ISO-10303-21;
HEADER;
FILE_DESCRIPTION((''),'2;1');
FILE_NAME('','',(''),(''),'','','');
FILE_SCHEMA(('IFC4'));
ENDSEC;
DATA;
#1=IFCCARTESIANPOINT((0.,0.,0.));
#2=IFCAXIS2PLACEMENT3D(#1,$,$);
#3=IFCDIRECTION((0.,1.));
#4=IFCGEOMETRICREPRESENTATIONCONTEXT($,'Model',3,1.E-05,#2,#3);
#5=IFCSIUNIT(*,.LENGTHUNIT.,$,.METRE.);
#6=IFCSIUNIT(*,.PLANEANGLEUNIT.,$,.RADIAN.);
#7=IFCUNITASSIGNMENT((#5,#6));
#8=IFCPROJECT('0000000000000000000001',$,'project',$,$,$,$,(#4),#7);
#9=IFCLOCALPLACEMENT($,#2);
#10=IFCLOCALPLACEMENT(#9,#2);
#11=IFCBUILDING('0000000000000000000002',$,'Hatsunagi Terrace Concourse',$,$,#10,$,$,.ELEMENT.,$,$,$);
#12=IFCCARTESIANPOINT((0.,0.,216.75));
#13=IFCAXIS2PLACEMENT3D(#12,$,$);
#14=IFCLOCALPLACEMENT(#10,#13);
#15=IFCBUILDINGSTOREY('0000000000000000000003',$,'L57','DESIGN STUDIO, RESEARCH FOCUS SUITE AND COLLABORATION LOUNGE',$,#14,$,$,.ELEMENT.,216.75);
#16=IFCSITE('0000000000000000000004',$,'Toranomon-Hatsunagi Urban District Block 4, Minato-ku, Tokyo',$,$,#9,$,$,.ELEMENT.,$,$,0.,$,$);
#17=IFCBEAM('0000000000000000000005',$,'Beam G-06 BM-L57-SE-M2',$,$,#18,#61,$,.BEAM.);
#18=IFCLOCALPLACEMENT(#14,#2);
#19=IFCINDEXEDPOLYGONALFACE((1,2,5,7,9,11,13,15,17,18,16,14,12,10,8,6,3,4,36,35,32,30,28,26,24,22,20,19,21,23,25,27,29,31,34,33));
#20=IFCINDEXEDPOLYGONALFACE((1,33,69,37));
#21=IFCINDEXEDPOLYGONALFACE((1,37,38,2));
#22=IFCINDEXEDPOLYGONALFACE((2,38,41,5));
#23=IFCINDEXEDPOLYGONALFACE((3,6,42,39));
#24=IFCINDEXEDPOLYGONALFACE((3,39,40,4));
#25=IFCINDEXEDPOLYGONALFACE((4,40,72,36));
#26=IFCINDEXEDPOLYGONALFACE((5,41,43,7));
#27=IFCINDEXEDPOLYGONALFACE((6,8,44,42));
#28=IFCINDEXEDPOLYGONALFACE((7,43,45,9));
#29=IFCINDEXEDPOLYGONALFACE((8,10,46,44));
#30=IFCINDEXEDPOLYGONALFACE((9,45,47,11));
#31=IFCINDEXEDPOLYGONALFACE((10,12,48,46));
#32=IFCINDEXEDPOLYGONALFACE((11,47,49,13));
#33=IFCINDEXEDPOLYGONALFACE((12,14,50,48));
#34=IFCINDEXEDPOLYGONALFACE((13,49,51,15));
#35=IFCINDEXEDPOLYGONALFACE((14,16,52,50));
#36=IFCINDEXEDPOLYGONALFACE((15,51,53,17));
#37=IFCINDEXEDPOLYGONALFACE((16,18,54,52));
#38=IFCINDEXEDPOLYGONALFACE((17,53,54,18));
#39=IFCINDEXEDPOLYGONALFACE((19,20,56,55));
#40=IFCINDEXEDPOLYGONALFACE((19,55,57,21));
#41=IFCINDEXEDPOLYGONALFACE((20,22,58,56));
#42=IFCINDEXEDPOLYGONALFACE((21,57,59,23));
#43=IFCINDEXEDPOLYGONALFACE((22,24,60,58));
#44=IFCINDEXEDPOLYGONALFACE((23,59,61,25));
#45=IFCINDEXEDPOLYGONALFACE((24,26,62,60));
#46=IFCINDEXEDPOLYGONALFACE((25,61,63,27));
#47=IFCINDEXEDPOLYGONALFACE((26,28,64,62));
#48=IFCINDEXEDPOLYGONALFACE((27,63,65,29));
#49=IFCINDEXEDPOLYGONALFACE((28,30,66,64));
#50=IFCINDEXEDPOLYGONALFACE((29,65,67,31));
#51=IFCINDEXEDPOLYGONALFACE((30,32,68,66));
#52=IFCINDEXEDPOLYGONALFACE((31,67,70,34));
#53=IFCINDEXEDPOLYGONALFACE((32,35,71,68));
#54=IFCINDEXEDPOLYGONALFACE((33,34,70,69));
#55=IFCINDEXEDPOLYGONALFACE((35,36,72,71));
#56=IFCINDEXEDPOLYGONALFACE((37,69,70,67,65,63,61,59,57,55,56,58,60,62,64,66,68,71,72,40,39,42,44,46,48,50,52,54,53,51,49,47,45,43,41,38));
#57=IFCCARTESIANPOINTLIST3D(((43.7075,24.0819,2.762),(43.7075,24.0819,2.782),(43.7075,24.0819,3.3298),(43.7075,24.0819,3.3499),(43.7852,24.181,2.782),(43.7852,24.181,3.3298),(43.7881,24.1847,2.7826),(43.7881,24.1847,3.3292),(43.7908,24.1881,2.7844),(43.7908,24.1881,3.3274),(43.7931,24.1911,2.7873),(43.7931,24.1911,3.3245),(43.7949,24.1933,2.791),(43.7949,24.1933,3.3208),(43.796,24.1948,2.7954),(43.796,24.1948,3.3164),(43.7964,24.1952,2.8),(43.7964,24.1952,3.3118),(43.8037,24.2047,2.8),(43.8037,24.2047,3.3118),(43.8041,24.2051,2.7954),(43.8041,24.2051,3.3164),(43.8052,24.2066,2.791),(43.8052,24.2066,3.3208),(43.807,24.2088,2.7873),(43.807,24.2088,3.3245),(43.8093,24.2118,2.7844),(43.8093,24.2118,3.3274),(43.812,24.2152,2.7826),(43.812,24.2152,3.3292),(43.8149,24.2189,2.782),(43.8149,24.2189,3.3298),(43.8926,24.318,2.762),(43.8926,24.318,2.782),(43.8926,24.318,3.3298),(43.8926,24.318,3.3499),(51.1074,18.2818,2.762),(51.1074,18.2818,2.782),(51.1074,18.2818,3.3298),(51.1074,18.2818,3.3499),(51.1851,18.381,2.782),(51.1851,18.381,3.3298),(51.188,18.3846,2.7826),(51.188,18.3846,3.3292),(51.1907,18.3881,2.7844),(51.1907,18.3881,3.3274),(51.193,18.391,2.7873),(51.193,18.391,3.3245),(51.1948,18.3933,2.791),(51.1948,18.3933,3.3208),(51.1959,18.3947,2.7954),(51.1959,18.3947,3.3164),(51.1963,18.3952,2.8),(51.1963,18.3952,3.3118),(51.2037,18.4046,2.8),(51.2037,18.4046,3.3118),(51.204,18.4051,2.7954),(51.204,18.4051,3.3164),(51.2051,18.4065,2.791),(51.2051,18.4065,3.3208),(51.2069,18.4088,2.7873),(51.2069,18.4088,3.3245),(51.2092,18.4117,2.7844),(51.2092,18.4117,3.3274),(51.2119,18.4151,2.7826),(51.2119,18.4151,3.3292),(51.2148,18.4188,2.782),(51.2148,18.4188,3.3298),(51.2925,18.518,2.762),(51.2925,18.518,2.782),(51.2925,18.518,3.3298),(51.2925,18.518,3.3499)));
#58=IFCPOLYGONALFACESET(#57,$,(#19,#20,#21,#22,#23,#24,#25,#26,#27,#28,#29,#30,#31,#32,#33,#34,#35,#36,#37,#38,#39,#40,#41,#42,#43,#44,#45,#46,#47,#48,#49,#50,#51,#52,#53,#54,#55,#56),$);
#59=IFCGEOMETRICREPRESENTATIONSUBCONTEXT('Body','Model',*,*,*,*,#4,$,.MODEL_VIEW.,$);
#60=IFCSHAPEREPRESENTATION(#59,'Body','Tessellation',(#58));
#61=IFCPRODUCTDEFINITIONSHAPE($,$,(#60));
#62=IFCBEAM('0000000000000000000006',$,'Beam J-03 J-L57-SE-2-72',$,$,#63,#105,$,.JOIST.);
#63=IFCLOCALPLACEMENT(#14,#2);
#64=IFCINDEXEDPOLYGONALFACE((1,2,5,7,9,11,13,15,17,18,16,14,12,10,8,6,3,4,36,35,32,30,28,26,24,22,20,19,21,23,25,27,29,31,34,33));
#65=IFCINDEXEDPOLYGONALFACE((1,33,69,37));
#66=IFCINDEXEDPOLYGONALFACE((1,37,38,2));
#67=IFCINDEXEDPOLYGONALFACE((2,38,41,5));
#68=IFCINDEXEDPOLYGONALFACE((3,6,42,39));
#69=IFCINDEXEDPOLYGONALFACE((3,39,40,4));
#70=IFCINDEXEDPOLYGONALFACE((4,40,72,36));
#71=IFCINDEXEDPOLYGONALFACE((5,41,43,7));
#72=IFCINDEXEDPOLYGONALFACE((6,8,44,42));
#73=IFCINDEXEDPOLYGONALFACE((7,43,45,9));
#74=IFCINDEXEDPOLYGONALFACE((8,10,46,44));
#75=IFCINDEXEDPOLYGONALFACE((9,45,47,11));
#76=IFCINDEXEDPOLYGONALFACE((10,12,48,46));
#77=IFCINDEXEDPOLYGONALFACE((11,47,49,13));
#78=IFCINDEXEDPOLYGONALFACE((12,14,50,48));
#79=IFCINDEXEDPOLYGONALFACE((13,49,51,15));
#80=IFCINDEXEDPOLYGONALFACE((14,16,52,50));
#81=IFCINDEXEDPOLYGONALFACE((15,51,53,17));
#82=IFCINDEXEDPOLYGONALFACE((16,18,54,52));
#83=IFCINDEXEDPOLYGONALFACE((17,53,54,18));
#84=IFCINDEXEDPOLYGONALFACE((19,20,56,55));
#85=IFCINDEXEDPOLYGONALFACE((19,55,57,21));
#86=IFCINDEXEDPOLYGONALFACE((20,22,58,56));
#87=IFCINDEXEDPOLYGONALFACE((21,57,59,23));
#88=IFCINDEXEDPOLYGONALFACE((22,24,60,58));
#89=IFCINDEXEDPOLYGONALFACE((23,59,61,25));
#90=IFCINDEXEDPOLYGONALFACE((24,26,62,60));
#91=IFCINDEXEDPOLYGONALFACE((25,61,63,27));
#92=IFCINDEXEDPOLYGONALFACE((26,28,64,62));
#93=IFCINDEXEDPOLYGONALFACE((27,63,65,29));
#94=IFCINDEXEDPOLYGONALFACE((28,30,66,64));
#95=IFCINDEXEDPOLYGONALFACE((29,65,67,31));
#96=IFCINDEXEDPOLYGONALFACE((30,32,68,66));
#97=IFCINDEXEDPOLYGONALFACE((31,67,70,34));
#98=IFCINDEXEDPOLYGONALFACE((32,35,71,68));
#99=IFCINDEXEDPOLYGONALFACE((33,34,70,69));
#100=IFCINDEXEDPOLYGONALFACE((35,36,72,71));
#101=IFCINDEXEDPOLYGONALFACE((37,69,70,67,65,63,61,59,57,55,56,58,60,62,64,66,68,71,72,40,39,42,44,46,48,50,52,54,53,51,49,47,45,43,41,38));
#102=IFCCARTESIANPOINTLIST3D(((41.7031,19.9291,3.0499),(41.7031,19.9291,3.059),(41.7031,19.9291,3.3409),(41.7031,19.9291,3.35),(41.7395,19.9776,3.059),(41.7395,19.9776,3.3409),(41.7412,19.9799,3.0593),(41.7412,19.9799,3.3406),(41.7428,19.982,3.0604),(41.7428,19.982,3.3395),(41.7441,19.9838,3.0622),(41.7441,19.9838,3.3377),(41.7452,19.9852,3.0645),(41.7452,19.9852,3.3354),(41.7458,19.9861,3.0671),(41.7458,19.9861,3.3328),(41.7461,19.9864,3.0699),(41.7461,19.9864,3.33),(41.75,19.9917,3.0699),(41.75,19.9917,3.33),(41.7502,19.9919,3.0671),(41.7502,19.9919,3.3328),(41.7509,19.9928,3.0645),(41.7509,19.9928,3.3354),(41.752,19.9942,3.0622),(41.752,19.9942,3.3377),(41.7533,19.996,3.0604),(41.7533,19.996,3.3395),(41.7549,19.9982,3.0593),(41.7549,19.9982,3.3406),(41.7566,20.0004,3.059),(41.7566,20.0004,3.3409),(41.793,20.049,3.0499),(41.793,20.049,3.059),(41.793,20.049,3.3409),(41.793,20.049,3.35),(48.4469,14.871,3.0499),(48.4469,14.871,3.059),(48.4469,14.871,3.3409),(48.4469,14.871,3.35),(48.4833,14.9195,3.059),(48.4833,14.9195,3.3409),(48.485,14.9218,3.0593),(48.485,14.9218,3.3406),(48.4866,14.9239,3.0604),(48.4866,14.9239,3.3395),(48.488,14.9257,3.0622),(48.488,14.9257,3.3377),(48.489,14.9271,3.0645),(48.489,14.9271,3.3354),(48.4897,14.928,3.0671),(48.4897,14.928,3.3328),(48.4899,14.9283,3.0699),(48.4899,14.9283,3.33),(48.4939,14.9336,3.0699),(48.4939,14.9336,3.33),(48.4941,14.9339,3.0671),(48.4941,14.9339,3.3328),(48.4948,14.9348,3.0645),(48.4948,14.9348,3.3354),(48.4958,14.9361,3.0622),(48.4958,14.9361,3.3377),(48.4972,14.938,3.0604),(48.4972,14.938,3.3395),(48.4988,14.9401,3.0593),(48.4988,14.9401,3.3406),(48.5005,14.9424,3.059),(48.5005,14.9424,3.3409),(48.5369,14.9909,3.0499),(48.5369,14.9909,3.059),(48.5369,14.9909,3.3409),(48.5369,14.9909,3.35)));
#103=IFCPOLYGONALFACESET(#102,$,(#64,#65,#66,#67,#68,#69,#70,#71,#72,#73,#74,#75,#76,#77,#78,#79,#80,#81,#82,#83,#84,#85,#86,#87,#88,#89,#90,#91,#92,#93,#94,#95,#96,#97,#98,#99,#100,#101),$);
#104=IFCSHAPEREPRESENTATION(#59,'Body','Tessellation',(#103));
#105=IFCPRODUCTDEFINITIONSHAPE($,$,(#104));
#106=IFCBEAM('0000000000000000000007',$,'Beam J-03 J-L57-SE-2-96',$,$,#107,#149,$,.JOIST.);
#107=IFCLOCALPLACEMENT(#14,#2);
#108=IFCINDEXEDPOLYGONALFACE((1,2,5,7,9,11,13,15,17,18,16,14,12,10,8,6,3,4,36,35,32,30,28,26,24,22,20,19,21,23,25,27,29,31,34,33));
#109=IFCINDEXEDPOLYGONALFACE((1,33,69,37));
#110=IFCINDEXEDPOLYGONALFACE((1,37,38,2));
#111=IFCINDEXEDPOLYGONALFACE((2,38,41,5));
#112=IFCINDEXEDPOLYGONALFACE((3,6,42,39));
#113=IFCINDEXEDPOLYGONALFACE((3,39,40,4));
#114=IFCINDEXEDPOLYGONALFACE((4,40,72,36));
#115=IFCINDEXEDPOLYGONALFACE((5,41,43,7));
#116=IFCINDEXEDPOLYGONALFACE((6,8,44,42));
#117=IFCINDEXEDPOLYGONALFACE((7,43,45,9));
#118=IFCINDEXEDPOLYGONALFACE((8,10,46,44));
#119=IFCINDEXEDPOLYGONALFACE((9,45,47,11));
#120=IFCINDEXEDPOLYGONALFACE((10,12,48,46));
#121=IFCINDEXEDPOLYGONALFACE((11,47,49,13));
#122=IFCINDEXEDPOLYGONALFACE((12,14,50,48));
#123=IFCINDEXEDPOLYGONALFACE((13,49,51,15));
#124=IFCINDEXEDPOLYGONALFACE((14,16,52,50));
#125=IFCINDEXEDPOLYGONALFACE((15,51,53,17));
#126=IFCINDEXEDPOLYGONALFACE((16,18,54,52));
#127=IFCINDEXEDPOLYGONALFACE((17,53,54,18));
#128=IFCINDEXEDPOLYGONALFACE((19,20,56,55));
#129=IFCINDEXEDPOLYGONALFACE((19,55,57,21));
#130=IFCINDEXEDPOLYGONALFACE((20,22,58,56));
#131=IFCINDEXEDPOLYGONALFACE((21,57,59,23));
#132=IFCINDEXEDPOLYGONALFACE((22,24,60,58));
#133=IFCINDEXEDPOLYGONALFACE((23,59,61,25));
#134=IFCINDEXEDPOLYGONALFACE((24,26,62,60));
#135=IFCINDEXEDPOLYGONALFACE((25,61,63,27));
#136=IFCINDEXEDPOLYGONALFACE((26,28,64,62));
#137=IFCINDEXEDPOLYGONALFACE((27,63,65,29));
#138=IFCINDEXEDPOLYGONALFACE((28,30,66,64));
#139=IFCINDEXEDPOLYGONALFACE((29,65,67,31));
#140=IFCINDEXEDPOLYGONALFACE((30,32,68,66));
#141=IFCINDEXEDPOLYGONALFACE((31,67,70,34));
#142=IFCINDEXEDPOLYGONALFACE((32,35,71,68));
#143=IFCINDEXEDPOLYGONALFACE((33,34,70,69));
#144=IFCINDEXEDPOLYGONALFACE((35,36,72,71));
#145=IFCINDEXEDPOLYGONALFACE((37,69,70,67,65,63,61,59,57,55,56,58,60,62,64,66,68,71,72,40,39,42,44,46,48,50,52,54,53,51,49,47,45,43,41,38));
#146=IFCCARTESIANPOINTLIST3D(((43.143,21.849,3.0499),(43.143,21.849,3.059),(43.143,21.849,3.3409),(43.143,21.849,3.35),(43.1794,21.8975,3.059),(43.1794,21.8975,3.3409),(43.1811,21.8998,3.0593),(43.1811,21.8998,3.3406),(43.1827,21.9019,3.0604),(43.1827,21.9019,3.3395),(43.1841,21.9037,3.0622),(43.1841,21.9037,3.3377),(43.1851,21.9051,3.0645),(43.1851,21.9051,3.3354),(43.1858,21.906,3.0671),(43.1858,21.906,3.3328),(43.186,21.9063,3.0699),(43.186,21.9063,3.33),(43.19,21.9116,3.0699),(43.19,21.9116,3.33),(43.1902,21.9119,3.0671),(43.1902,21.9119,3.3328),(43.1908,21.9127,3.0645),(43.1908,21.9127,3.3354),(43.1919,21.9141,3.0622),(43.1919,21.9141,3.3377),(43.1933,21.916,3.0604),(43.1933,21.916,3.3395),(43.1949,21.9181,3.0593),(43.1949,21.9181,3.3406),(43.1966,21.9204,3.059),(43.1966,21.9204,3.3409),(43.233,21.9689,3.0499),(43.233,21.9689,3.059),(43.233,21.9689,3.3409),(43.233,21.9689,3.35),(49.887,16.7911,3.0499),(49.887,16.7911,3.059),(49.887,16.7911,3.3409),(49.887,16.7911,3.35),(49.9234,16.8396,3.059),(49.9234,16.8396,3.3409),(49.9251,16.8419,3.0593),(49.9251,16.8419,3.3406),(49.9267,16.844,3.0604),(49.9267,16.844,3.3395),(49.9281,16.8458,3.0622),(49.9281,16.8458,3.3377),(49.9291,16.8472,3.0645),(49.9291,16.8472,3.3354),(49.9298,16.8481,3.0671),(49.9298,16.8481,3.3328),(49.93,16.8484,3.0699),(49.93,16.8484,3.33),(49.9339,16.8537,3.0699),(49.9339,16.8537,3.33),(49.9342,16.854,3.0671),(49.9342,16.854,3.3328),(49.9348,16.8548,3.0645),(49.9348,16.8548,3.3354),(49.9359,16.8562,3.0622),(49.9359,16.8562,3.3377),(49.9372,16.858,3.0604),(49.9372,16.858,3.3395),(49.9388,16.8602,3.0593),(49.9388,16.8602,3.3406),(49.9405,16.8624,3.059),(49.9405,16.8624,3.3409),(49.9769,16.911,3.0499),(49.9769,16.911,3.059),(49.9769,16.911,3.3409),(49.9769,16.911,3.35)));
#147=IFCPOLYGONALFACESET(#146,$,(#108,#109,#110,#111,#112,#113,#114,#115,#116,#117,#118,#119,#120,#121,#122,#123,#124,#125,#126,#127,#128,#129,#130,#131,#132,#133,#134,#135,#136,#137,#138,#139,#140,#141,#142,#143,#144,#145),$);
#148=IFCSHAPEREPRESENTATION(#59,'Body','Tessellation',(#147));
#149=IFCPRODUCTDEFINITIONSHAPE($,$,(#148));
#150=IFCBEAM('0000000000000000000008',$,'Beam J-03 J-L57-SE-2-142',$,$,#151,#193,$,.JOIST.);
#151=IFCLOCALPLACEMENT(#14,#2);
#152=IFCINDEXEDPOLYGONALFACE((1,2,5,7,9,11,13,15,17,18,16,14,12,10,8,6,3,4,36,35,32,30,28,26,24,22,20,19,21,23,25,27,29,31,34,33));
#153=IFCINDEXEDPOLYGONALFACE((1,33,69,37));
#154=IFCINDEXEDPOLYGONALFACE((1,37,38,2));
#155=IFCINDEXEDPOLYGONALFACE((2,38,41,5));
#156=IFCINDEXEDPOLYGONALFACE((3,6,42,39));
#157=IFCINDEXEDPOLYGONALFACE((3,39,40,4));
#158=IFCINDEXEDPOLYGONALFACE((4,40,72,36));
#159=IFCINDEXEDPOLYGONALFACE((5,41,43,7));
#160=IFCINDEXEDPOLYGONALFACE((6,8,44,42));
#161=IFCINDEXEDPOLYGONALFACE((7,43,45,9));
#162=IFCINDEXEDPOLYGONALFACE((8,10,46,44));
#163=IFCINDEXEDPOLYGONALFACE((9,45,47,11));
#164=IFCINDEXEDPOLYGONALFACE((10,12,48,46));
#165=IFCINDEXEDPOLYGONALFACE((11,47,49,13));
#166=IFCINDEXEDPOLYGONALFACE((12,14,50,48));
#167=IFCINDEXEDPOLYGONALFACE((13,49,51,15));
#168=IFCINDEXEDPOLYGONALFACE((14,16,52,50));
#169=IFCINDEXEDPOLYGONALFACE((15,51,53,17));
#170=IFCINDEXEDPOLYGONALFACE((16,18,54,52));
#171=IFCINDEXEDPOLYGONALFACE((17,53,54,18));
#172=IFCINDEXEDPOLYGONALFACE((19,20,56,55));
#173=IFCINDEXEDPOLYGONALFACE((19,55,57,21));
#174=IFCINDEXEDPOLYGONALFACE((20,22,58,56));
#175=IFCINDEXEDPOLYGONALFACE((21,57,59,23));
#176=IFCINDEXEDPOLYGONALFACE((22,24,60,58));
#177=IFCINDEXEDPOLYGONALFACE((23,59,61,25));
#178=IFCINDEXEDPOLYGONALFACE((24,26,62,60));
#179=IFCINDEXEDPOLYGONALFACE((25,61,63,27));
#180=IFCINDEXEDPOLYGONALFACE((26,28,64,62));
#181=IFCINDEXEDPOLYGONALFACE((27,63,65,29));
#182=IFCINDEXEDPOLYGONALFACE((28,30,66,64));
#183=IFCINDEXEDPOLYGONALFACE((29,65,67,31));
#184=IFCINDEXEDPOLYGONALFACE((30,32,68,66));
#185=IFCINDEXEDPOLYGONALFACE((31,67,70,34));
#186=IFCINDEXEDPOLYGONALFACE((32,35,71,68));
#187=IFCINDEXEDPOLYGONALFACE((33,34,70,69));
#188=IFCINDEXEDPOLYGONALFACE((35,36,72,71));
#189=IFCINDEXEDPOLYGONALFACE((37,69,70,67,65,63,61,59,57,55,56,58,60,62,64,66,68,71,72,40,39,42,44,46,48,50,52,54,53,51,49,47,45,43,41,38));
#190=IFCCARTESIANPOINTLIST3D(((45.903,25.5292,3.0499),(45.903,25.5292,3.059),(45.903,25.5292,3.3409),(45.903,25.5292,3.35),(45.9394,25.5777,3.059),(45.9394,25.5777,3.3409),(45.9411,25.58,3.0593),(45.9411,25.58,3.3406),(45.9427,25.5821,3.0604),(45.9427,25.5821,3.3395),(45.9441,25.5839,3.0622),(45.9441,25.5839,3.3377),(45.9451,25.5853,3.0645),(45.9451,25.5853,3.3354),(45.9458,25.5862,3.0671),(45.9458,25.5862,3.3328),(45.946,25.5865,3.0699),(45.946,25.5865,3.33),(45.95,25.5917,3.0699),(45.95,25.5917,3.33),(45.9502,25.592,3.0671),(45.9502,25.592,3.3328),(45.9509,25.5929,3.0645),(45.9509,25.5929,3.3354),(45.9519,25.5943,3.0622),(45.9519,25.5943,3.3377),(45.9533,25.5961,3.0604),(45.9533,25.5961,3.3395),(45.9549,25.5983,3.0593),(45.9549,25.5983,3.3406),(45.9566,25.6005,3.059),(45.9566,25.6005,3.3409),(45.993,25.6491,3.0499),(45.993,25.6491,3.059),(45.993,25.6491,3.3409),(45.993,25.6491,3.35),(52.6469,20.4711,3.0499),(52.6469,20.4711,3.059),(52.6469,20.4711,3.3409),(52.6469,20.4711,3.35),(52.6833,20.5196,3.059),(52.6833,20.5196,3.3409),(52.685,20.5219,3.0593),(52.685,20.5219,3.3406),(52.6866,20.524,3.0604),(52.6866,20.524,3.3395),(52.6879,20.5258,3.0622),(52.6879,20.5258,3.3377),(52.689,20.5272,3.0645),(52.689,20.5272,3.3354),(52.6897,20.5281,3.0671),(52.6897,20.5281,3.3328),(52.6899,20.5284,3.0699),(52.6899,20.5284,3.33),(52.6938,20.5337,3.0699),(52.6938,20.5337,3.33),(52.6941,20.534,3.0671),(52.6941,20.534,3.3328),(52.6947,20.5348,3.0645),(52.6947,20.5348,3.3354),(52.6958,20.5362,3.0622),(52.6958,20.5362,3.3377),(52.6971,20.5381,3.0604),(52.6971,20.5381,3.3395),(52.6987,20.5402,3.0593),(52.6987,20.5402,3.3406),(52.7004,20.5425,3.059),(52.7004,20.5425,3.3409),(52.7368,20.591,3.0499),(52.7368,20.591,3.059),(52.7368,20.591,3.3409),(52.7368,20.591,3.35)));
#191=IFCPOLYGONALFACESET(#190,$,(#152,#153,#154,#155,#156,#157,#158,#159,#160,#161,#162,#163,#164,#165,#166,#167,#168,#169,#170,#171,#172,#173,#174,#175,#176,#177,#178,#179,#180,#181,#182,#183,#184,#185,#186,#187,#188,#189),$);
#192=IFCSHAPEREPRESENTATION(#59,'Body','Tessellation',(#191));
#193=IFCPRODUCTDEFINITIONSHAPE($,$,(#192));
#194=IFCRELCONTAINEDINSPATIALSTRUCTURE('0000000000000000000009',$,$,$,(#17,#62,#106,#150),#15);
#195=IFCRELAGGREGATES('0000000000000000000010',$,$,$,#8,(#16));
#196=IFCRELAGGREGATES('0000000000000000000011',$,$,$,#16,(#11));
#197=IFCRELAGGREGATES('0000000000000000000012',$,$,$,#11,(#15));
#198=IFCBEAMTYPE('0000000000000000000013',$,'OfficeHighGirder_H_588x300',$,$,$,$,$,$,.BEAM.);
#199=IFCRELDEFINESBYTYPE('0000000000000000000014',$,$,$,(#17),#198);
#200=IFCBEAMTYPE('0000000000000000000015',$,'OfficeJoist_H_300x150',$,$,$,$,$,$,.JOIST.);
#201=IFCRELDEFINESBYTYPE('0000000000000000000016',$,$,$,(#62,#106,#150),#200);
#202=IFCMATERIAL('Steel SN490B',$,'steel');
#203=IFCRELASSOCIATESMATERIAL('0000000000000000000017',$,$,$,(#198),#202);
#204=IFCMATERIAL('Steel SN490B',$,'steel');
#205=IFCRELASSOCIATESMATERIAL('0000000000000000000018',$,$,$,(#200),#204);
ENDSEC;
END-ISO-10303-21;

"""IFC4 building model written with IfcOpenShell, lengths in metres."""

from ifc_helpers import new_model, si_unit, direction, frame, origin, origin_2d, place, context, subcontext, project, spatial, i_section, extrude, material, material_profile, profile_set, type_object, element, save


model = new_model("IFC4")

# Units and contexts
model_context = context("Model", 3, precision=1e-05, world=origin(), true_north=direction((0.0, 1.0)))
body_context = subcontext(model_context, "Body", "Model", "MODEL_VIEW")
ifc_project = project(units=[si_unit("LENGTHUNIT", "METRE"), si_unit("PLANEANGLEUNIT", "RADIAN")], contexts=[model_context])

# Site, building, storey
site_placement = place(None, origin())
site = spatial("IfcSite", under=ifc_project, at=site_placement, Name="Toranomon-Hatsunagi Urban District Block 4, Minato-ku, Tokyo", CompositionType="ELEMENT", RefElevation=0.0)
building_placement = place(site_placement, origin())
building = spatial("IfcBuilding", under=site, at=building_placement, Name="Hatsunagi Terrace Concourse", CompositionType="ELEMENT")
storey_placement = place(building_placement, frame((0.0, 0.0, 216.75)))
storey = spatial("IfcBuildingStorey", under=building, at=storey_placement, Name="L57", Description="DESIGN STUDIO, RESEARCH FOCUS SUITE AND COLLABORATION LOUNGE", CompositionType="ELEMENT", Elevation=216.75)

# Beams
ifc_material_1 = material(Name="Steel SN490B", Category="steel")
ifc_material_profile_1 = material_profile(ifc_material_1, i_section(OverallWidth=0.3, OverallDepth=0.5879, WebThickness=0.012, FlangeThickness=0.02, FilletRadius=0.0181, at=origin_2d()), Name="H-588x300x12x20")
ifc_profile_set_1 = profile_set([ifc_material_profile_1], Name="Steel SN490B")
beam_type_1 = type_object("IfcBeamType", Name="OfficeHighGirder_H_588x300", PredefinedType="BEAM", material=ifc_profile_set_1)
beam_1_placement = place(storey_placement, frame((43.8, 24.2, 3.0559), z_axis=(0.787049, -0.61689, 0.0), x_axis=(0.61689, 0.787049, 0.0)))
element("IfcBeam", 1, at=beam_1_placement, inside=storey, type_object=beam_type_1, Name="Beam G-06 BM-L57-SE-M2", PredefinedType="BEAM", context=body_context, shape_type="SweptSolid", body=[
    extrude(i_section(OverallWidth=0.3, OverallDepth=0.5879, WebThickness=0.012, FlangeThickness=0.02, FilletRadius=0.0181, at=origin_2d()), origin(), (0.0, 0.0, 1.0), 9.4021),
])
ifc_material_2 = material(Name="Steel SN490B", Category="steel")
ifc_material_profile_2 = material_profile(ifc_material_2, i_section(OverallWidth=0.1499, OverallDepth=0.3, WebThickness=0.0066, FlangeThickness=0.009, FilletRadius=0.011, at=origin_2d()), Name="H-300x150x6.5x9")
ifc_profile_set_2 = profile_set([ifc_material_profile_2], Name="Steel SN490B")
beam_type_2 = type_object("IfcBeamType", Name="OfficeJoist_H_300x150", PredefinedType="JOIST", material=ifc_profile_set_2)
for number, where, z_axis, x_axis, name in (
    (2, (41.748, 19.989, 3.2), (0.79999, -0.600014, 0.0), (0.600014, 0.79999, 0.0), "Beam J-03 J-L57-SE-2-72"),
    (3, (43.188, 21.9089, 3.2), (0.800003, -0.599995, 0.0), (0.599995, 0.800003, 0.0), "Beam J-03 J-L57-SE-2-96"),
    (4, (45.948, 25.5891, 3.2), (0.79999, -0.600014, 0.0), (0.600014, 0.79999, 0.0), "Beam J-03 J-L57-SE-2-142"),
):
    element("IfcBeam", number, at=place(storey_placement, frame(where, z_axis=z_axis, x_axis=x_axis)), inside=storey, type_object=beam_type_2, Name=name, PredefinedType="JOIST", context=body_context, shape_type="SweptSolid", body=[
        extrude(i_section(OverallWidth=0.1499, OverallDepth=0.3, WebThickness=0.0066, FlangeThickness=0.009, FilletRadius=0.011, at=origin_2d()), origin(), (0.0, 0.0, 1.0), 8.4299),
    ])

save(model, "model.ifc")
